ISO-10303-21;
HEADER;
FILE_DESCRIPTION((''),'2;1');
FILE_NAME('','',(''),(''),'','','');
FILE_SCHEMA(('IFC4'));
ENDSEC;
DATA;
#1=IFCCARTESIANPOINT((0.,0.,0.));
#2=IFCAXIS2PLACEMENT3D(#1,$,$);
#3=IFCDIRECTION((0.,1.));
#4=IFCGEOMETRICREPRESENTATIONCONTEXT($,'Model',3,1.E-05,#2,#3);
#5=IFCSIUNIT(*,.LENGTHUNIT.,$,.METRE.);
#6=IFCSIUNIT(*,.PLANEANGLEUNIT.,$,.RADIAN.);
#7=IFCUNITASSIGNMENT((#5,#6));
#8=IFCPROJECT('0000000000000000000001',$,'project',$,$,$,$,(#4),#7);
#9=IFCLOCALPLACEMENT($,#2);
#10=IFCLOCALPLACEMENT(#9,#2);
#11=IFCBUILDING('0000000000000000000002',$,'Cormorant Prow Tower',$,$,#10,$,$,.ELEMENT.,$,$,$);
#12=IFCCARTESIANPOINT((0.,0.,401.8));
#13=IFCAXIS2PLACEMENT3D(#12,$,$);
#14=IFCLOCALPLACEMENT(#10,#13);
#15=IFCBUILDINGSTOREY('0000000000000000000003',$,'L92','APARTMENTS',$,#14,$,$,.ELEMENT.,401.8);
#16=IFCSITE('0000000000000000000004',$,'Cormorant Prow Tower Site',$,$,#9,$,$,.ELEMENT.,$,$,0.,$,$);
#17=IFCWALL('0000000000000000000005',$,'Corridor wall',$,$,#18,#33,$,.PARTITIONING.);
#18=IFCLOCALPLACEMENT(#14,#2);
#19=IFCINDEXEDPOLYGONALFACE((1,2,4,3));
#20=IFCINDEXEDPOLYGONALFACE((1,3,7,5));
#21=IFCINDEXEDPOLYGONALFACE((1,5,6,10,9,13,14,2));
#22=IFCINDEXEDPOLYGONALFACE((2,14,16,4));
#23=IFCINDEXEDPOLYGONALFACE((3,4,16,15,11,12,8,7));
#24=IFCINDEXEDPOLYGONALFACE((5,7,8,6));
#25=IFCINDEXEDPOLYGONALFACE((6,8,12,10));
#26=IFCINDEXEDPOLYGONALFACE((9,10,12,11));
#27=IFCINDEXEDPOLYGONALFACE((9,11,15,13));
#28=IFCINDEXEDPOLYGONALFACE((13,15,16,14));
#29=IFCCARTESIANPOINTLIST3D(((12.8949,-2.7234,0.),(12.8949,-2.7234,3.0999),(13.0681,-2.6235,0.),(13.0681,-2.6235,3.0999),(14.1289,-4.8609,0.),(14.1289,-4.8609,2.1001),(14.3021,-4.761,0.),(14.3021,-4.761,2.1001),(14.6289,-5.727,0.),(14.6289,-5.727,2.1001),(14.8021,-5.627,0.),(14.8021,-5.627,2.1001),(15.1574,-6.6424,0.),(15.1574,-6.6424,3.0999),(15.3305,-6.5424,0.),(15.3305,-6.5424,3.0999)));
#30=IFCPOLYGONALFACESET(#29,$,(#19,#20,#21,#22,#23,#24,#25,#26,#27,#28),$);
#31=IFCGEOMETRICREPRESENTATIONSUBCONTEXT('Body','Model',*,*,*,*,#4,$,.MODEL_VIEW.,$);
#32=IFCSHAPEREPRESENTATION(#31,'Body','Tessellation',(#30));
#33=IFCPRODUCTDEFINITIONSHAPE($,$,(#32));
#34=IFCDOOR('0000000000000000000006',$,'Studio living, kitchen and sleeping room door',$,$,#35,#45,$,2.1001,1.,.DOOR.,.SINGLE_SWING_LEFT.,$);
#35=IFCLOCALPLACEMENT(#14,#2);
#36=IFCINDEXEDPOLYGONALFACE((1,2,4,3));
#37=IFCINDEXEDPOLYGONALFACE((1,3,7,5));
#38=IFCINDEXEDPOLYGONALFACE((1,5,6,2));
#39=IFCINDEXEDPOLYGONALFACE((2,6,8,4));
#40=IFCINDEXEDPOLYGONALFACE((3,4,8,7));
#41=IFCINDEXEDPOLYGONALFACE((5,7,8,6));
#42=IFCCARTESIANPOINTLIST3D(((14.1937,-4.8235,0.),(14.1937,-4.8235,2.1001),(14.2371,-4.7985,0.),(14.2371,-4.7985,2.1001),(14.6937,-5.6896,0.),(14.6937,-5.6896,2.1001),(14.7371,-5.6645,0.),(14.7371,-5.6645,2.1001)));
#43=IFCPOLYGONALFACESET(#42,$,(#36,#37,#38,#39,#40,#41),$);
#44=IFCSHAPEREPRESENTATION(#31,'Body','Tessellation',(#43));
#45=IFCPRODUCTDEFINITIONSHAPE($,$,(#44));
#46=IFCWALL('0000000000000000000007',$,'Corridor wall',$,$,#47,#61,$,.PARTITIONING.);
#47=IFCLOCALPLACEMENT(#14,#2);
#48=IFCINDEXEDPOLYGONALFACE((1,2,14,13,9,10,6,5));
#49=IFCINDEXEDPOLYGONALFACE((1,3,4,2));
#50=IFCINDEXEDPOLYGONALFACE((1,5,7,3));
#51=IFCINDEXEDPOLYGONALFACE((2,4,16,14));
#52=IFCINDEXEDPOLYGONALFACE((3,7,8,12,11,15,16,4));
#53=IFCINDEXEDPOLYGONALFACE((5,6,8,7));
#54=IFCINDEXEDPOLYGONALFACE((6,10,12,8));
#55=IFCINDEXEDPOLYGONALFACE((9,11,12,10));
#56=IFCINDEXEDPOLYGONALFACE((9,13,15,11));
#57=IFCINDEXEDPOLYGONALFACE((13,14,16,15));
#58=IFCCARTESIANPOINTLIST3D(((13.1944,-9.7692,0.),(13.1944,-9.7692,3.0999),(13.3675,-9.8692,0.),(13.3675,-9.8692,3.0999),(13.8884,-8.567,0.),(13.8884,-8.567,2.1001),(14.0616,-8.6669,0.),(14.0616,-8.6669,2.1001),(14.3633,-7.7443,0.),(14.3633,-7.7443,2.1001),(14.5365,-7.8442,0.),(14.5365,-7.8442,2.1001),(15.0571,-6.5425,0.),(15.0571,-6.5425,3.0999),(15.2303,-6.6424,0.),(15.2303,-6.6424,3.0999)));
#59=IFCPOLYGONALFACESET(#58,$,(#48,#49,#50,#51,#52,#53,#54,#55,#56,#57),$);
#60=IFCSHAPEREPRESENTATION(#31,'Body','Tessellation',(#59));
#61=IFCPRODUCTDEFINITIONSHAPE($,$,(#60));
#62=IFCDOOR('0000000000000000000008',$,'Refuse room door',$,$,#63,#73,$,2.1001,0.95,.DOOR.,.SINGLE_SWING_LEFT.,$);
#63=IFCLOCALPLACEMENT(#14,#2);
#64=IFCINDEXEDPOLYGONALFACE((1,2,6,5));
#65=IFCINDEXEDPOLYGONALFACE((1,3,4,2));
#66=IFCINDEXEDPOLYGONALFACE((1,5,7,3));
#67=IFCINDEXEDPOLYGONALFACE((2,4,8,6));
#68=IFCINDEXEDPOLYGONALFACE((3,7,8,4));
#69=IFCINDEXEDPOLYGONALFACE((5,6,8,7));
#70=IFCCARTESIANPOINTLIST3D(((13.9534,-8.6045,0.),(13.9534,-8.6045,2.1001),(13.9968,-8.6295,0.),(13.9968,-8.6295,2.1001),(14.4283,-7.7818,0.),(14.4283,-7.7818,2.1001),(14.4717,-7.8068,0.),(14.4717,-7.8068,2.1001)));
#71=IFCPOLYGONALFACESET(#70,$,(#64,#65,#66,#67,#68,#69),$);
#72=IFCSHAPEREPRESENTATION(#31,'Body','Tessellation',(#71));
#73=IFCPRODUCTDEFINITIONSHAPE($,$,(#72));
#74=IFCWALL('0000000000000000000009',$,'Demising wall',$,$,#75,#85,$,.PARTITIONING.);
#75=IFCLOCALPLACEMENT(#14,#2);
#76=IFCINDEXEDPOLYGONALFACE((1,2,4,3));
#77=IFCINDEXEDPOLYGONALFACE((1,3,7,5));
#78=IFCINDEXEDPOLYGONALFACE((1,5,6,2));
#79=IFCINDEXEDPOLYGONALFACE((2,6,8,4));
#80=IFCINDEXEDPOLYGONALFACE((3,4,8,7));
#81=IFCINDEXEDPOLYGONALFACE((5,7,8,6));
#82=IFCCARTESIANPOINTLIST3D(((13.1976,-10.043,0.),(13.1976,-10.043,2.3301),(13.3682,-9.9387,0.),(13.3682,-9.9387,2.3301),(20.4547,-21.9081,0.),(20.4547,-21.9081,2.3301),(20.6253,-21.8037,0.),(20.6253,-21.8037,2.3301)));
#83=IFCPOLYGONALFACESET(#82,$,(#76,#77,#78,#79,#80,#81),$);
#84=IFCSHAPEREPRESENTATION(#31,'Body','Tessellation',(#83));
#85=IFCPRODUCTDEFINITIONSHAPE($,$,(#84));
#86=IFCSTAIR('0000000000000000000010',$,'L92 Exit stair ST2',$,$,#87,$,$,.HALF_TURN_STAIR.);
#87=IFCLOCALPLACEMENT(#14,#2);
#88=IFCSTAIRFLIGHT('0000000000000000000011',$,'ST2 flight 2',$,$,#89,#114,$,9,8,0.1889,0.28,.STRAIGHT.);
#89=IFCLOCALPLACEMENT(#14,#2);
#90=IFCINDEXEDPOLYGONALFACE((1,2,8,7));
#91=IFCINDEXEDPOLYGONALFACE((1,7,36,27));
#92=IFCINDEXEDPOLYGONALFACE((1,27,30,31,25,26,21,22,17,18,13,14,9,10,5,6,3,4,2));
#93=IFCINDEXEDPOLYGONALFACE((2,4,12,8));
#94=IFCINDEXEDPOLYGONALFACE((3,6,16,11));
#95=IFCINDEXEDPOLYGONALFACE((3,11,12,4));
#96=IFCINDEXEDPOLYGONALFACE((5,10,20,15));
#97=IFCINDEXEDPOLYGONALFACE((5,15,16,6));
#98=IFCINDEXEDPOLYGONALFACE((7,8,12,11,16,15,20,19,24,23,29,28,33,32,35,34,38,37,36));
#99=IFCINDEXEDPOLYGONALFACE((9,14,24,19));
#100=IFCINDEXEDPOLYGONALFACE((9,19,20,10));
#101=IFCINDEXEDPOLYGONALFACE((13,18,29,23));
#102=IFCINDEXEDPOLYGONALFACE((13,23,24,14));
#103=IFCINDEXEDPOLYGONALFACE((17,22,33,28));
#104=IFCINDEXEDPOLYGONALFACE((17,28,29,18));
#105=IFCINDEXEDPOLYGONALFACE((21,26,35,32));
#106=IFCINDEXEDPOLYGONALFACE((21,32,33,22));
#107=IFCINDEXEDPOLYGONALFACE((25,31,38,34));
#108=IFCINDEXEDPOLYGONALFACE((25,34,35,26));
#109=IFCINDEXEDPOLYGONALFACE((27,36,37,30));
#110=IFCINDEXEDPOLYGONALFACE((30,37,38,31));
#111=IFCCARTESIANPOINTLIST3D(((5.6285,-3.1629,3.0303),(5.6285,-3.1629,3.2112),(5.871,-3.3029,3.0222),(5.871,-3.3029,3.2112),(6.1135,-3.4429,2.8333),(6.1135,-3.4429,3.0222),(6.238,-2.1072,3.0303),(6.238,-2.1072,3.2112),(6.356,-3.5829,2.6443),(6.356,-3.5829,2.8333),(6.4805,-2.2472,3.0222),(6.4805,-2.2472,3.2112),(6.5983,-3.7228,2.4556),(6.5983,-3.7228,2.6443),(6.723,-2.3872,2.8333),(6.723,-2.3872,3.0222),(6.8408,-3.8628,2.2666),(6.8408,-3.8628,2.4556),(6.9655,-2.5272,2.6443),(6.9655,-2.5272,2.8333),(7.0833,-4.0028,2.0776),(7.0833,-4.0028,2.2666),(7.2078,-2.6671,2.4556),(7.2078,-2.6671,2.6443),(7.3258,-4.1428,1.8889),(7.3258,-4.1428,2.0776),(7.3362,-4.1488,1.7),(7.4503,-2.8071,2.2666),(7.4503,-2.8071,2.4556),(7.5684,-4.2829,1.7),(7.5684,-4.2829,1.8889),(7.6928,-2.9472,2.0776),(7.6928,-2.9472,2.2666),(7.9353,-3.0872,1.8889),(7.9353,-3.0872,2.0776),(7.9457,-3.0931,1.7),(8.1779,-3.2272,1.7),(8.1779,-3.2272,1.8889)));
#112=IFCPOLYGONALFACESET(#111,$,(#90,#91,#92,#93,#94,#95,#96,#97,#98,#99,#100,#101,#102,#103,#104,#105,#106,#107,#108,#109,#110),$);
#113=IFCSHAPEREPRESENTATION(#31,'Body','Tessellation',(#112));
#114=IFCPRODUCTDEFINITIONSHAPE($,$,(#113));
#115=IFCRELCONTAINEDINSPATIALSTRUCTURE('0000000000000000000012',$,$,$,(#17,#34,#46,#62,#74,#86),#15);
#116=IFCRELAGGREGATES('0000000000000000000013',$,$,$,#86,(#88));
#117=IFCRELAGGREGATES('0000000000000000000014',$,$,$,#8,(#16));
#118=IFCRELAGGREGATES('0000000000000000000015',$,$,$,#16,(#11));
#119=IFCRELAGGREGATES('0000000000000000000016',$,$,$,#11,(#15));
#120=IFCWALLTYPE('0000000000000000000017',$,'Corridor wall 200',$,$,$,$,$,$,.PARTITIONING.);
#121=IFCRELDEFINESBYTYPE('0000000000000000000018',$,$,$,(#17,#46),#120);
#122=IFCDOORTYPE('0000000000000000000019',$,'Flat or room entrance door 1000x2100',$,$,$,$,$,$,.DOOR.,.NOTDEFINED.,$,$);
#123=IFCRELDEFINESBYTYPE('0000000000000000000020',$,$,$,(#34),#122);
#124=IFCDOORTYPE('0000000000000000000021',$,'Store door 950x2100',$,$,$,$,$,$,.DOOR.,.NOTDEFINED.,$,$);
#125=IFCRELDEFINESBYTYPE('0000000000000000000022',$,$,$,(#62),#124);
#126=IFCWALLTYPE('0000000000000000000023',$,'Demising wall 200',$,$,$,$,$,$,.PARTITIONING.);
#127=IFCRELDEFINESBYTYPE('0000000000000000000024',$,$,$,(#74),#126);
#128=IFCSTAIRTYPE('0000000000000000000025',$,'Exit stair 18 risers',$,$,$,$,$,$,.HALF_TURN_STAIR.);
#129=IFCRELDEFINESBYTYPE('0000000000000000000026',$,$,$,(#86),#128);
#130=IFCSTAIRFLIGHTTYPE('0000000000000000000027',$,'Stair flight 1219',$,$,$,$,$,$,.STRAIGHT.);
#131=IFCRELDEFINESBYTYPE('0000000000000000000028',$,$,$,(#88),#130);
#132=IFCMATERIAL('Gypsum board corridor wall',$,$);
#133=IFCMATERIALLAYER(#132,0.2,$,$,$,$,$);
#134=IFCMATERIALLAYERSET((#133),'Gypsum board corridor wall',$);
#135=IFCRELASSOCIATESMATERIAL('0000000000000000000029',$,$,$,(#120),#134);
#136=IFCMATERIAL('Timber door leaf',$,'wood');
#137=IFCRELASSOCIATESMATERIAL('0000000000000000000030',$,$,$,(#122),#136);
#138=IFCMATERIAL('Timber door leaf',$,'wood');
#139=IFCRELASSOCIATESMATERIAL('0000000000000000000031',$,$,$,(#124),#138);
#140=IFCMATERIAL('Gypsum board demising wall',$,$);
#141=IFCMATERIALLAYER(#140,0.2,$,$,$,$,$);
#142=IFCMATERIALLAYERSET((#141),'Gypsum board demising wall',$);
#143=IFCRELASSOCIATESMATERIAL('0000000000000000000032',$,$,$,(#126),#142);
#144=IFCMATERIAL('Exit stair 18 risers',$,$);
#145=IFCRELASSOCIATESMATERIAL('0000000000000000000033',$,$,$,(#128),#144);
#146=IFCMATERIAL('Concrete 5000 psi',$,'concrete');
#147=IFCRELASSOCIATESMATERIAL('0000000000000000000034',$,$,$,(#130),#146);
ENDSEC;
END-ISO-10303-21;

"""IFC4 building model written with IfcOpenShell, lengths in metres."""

from ifc_helpers import new_model, si_unit, direction, frame, frame_2d, origin, place, context, subcontext, project, spatial, polyline, rectangle, outline, extrude, material, layer, layer_set, type_object, element, fill, aggregate, save


model = new_model("IFC4")

# Units and contexts
model_context = context("Model", 3, precision=1e-05, world=origin(), true_north=direction((0.0, 1.0)))
body_context = subcontext(model_context, "Body", "Model", "MODEL_VIEW")
ifc_project = project(units=[si_unit("LENGTHUNIT", "METRE"), si_unit("PLANEANGLEUNIT", "RADIAN")], contexts=[model_context])

# Site, building, storey
site_placement = place(None, origin())
site = spatial("IfcSite", under=ifc_project, at=site_placement, Name="Cormorant Prow Tower Site", CompositionType="ELEMENT", RefElevation=0.0)
building_placement = place(site_placement, origin())
building = spatial("IfcBuilding", under=site, at=building_placement, Name="Cormorant Prow Tower", CompositionType="ELEMENT")
storey_placement = place(building_placement, frame((0.0, 0.0, 401.8)))
storey = spatial("IfcBuildingStorey", under=building, at=storey_placement, Name="L92", Description="APARTMENTS", CompositionType="ELEMENT", Elevation=401.8)

# Shared definitions
ifc_material_1 = material(Name="Gypsum board corridor wall")
ifc_layer_1 = layer(ifc_material_1, 0.2)
ifc_layer_set_1 = layer_set([ifc_layer_1], Name="Gypsum board corridor wall")
wall_type_1 = type_object("IfcWallType", Name="Corridor wall 200", PredefinedType="PARTITIONING", material=ifc_layer_set_1)

# Walls, openings, doors
wall_1_placement = place(storey_placement, frame((12.9814, -2.6733, 0.0), z_axis=(0.0, 0.0, 1.0), x_axis=(0.499975, -0.86604, 0.0)))
wall_1 = element("IfcWall", 1, at=wall_1_placement, inside=storey, type_object=wall_type_1, Name="Corridor wall", PredefinedType="PARTITIONING", context=body_context, shape_type="SweptSolid", body=[
    extrude(rectangle(XDim=4.5251, YDim=0.2, at=frame_2d((2.2627, 0.0))), origin(), (0.0, 0.0, 1.0), 3.0999),
])
opening_1_placement = place(wall_1_placement, frame((2.4683, 0.0, 0.0)))
opening_1 = element("IfcOpeningElement", 2, at=opening_1_placement, cuts=wall_1, PredefinedType="OPENING", context=body_context, shape_type="SweptSolid", body=[
    extrude(rectangle(XDim=1.0, YDim=2.1001, at=frame_2d((0.5, 1.05))), frame((0.0, 0.1099, 0.0), z_axis=(0.0, -1.0, 0.0), x_axis=(1.0, 0.0, 0.0)), (0.0, 0.0, 1.0), 0.22),
])
ifc_material_2 = material(Name="Timber door leaf", Category="wood")
door_type_1 = type_object("IfcDoorType", Name="Flat or room entrance door 1000x2100", OperationType="NOTDEFINED", PredefinedType="DOOR", material=ifc_material_2)
door_1_placement = place(opening_1_placement, origin())
door_1 = element("IfcDoor", 3, at=door_1_placement, inside=storey, type_object=door_type_1, Name="Studio living, kitchen and sleeping room door", OperationType="SINGLE_SWING_LEFT", OverallHeight=2.1001, OverallWidth=1.0, PredefinedType="DOOR", context=body_context, shape_type="SweptSolid", body=[
    extrude(rectangle(XDim=1.0, YDim=2.1001, at=frame_2d((0.5, 1.05))), frame((0.0, 0.0249, 0.0), z_axis=(0.0, -1.0, 0.0), x_axis=(1.0, 0.0, 0.0)), (0.0, 0.0, 1.0), 0.05),
])
fill(opening_1, door_1)
wall_2_placement = place(storey_placement, frame((13.281, -9.8191, 0.0), z_axis=(0.0, 0.0, 1.0), x_axis=(0.499959, 0.866049, 0.0)))
wall_2 = element("IfcWall", 4, at=wall_2_placement, inside=storey, type_object=wall_type_1, Name="Corridor wall", PredefinedType="PARTITIONING", context=body_context, shape_type="SweptSolid", body=[
    extrude(rectangle(XDim=3.7258, YDim=0.2, at=frame_2d((1.8628, 0.0))), origin(), (0.0, 0.0, 1.0), 3.0999),
])
opening_2_placement = place(wall_2_placement, frame((1.3879, 0.0, 0.0)))
opening_2 = element("IfcOpeningElement", 5, at=opening_2_placement, cuts=wall_2, PredefinedType="OPENING", context=body_context, shape_type="SweptSolid", body=[
    extrude(rectangle(XDim=0.95, YDim=2.1001, at=frame_2d((0.4751, 1.05))), frame((0.0, 0.1099, 0.0), z_axis=(0.0, -1.0, 0.0), x_axis=(1.0, 0.0, 0.0)), (0.0, 0.0, 1.0), 0.22),
])
ifc_material_3 = material(Name="Timber door leaf", Category="wood")
door_type_2 = type_object("IfcDoorType", Name="Store door 950x2100", OperationType="NOTDEFINED", PredefinedType="DOOR", material=ifc_material_3)
door_2_placement = place(opening_2_placement, origin())
door_2 = element("IfcDoor", 6, at=door_2_placement, inside=storey, type_object=door_type_2, Name="Refuse room door", OperationType="SINGLE_SWING_LEFT", OverallHeight=2.1001, OverallWidth=0.95, PredefinedType="DOOR", context=body_context, shape_type="SweptSolid", body=[
    extrude(rectangle(XDim=0.95, YDim=2.1001, at=frame_2d((0.4751, 1.05))), frame((0.0, 0.0249, 0.0), z_axis=(0.0, -1.0, 0.0), x_axis=(1.0, 0.0, 0.0)), (0.0, 0.0, 1.0), 0.05),
])
fill(opening_2, door_2)

# Wall
ifc_material_4 = material(Name="Gypsum board demising wall")
ifc_layer_2 = layer(ifc_material_4, 0.2)
ifc_layer_set_2 = layer_set([ifc_layer_2], Name="Gypsum board demising wall")
wall_type_2 = type_object("IfcWallType", Name="Demising wall 200", PredefinedType="PARTITIONING", material=ifc_layer_set_2)
wall_3_placement = place(storey_placement, frame((13.283, -9.991, 0.0), z_axis=(0.0, 0.0, 1.0), x_axis=(0.521777, -0.853082, 0.0)))
element("IfcWall", 7, at=wall_3_placement, inside=storey, type_object=wall_type_2, Name="Demising wall", PredefinedType="PARTITIONING", context=body_context, shape_type="SweptSolid", body=[
    extrude(rectangle(XDim=13.9084, YDim=0.2, at=frame_2d((6.9541, 0.0))), origin(), (0.0, 0.0, 1.0), 2.3301),
])

# Stair, stair flight
ifc_material_5 = material(Name="Exit stair 18 risers")
stair_type = type_object("IfcStairType", Name="Exit stair 18 risers", PredefinedType="HALF_TURN_STAIR", material=ifc_material_5)
stair_placement = place(storey_placement, origin())
stair = element("IfcStair", 8, at=stair_placement, inside=storey, type_object=stair_type, Name="L92 Exit stair ST2", PredefinedType="HALF_TURN_STAIR")
ifc_material_6 = material(Name="Concrete 5000 psi", Category="concrete")
stair_flight_type = type_object("IfcStairFlightType", Name="Stair flight 1219", PredefinedType="STRAIGHT", material=ifc_material_6)
stair_flight_placement = place(storey_placement, frame((7.873, -3.7551, 1.7), z_axis=(0.0, 0.0, 1.0), x_axis=(-0.866025, 0.5, 0.0)))
stair_flight = element("IfcStairFlight", 9, at=stair_flight_placement, type_object=stair_flight_type, Name="ST2 flight 2", NumberOfRisers=9, NumberOfTreads=8, PredefinedType="STRAIGHT", RiserHeight=0.1889, TreadLength=0.28, context=body_context, shape_type="SweptSolid", body=[
    extrude(outline(polyline([(0.0, 0.0), (0.0, 0.189), (0.28, 0.189), (0.28, 0.3777), (0.5601, 0.3777), (0.5601, 0.5667), (0.8401, 0.5667), (0.8401, 0.7556), (1.1201, 0.7556), (1.1201, 0.9443), (1.3999, 0.9443), (1.3999, 1.1333), (1.6799, 1.1333), (1.6799, 1.3223), (1.96, 1.3223), (1.96, 1.5112), (2.24, 1.5112), (2.24, 1.7), (2.24, 1.3303), (0.2681, 0.0), (0.0, 0.0)])), frame((0.0, 0.6094, 0.0), z_axis=(0.0, -1.0, 0.0), x_axis=(1.0, 0.0, 0.0)), (0.0, 0.0, 1.0), 1.219),
])
aggregate(stair, [stair_flight])

save(model, "model.ifc")
